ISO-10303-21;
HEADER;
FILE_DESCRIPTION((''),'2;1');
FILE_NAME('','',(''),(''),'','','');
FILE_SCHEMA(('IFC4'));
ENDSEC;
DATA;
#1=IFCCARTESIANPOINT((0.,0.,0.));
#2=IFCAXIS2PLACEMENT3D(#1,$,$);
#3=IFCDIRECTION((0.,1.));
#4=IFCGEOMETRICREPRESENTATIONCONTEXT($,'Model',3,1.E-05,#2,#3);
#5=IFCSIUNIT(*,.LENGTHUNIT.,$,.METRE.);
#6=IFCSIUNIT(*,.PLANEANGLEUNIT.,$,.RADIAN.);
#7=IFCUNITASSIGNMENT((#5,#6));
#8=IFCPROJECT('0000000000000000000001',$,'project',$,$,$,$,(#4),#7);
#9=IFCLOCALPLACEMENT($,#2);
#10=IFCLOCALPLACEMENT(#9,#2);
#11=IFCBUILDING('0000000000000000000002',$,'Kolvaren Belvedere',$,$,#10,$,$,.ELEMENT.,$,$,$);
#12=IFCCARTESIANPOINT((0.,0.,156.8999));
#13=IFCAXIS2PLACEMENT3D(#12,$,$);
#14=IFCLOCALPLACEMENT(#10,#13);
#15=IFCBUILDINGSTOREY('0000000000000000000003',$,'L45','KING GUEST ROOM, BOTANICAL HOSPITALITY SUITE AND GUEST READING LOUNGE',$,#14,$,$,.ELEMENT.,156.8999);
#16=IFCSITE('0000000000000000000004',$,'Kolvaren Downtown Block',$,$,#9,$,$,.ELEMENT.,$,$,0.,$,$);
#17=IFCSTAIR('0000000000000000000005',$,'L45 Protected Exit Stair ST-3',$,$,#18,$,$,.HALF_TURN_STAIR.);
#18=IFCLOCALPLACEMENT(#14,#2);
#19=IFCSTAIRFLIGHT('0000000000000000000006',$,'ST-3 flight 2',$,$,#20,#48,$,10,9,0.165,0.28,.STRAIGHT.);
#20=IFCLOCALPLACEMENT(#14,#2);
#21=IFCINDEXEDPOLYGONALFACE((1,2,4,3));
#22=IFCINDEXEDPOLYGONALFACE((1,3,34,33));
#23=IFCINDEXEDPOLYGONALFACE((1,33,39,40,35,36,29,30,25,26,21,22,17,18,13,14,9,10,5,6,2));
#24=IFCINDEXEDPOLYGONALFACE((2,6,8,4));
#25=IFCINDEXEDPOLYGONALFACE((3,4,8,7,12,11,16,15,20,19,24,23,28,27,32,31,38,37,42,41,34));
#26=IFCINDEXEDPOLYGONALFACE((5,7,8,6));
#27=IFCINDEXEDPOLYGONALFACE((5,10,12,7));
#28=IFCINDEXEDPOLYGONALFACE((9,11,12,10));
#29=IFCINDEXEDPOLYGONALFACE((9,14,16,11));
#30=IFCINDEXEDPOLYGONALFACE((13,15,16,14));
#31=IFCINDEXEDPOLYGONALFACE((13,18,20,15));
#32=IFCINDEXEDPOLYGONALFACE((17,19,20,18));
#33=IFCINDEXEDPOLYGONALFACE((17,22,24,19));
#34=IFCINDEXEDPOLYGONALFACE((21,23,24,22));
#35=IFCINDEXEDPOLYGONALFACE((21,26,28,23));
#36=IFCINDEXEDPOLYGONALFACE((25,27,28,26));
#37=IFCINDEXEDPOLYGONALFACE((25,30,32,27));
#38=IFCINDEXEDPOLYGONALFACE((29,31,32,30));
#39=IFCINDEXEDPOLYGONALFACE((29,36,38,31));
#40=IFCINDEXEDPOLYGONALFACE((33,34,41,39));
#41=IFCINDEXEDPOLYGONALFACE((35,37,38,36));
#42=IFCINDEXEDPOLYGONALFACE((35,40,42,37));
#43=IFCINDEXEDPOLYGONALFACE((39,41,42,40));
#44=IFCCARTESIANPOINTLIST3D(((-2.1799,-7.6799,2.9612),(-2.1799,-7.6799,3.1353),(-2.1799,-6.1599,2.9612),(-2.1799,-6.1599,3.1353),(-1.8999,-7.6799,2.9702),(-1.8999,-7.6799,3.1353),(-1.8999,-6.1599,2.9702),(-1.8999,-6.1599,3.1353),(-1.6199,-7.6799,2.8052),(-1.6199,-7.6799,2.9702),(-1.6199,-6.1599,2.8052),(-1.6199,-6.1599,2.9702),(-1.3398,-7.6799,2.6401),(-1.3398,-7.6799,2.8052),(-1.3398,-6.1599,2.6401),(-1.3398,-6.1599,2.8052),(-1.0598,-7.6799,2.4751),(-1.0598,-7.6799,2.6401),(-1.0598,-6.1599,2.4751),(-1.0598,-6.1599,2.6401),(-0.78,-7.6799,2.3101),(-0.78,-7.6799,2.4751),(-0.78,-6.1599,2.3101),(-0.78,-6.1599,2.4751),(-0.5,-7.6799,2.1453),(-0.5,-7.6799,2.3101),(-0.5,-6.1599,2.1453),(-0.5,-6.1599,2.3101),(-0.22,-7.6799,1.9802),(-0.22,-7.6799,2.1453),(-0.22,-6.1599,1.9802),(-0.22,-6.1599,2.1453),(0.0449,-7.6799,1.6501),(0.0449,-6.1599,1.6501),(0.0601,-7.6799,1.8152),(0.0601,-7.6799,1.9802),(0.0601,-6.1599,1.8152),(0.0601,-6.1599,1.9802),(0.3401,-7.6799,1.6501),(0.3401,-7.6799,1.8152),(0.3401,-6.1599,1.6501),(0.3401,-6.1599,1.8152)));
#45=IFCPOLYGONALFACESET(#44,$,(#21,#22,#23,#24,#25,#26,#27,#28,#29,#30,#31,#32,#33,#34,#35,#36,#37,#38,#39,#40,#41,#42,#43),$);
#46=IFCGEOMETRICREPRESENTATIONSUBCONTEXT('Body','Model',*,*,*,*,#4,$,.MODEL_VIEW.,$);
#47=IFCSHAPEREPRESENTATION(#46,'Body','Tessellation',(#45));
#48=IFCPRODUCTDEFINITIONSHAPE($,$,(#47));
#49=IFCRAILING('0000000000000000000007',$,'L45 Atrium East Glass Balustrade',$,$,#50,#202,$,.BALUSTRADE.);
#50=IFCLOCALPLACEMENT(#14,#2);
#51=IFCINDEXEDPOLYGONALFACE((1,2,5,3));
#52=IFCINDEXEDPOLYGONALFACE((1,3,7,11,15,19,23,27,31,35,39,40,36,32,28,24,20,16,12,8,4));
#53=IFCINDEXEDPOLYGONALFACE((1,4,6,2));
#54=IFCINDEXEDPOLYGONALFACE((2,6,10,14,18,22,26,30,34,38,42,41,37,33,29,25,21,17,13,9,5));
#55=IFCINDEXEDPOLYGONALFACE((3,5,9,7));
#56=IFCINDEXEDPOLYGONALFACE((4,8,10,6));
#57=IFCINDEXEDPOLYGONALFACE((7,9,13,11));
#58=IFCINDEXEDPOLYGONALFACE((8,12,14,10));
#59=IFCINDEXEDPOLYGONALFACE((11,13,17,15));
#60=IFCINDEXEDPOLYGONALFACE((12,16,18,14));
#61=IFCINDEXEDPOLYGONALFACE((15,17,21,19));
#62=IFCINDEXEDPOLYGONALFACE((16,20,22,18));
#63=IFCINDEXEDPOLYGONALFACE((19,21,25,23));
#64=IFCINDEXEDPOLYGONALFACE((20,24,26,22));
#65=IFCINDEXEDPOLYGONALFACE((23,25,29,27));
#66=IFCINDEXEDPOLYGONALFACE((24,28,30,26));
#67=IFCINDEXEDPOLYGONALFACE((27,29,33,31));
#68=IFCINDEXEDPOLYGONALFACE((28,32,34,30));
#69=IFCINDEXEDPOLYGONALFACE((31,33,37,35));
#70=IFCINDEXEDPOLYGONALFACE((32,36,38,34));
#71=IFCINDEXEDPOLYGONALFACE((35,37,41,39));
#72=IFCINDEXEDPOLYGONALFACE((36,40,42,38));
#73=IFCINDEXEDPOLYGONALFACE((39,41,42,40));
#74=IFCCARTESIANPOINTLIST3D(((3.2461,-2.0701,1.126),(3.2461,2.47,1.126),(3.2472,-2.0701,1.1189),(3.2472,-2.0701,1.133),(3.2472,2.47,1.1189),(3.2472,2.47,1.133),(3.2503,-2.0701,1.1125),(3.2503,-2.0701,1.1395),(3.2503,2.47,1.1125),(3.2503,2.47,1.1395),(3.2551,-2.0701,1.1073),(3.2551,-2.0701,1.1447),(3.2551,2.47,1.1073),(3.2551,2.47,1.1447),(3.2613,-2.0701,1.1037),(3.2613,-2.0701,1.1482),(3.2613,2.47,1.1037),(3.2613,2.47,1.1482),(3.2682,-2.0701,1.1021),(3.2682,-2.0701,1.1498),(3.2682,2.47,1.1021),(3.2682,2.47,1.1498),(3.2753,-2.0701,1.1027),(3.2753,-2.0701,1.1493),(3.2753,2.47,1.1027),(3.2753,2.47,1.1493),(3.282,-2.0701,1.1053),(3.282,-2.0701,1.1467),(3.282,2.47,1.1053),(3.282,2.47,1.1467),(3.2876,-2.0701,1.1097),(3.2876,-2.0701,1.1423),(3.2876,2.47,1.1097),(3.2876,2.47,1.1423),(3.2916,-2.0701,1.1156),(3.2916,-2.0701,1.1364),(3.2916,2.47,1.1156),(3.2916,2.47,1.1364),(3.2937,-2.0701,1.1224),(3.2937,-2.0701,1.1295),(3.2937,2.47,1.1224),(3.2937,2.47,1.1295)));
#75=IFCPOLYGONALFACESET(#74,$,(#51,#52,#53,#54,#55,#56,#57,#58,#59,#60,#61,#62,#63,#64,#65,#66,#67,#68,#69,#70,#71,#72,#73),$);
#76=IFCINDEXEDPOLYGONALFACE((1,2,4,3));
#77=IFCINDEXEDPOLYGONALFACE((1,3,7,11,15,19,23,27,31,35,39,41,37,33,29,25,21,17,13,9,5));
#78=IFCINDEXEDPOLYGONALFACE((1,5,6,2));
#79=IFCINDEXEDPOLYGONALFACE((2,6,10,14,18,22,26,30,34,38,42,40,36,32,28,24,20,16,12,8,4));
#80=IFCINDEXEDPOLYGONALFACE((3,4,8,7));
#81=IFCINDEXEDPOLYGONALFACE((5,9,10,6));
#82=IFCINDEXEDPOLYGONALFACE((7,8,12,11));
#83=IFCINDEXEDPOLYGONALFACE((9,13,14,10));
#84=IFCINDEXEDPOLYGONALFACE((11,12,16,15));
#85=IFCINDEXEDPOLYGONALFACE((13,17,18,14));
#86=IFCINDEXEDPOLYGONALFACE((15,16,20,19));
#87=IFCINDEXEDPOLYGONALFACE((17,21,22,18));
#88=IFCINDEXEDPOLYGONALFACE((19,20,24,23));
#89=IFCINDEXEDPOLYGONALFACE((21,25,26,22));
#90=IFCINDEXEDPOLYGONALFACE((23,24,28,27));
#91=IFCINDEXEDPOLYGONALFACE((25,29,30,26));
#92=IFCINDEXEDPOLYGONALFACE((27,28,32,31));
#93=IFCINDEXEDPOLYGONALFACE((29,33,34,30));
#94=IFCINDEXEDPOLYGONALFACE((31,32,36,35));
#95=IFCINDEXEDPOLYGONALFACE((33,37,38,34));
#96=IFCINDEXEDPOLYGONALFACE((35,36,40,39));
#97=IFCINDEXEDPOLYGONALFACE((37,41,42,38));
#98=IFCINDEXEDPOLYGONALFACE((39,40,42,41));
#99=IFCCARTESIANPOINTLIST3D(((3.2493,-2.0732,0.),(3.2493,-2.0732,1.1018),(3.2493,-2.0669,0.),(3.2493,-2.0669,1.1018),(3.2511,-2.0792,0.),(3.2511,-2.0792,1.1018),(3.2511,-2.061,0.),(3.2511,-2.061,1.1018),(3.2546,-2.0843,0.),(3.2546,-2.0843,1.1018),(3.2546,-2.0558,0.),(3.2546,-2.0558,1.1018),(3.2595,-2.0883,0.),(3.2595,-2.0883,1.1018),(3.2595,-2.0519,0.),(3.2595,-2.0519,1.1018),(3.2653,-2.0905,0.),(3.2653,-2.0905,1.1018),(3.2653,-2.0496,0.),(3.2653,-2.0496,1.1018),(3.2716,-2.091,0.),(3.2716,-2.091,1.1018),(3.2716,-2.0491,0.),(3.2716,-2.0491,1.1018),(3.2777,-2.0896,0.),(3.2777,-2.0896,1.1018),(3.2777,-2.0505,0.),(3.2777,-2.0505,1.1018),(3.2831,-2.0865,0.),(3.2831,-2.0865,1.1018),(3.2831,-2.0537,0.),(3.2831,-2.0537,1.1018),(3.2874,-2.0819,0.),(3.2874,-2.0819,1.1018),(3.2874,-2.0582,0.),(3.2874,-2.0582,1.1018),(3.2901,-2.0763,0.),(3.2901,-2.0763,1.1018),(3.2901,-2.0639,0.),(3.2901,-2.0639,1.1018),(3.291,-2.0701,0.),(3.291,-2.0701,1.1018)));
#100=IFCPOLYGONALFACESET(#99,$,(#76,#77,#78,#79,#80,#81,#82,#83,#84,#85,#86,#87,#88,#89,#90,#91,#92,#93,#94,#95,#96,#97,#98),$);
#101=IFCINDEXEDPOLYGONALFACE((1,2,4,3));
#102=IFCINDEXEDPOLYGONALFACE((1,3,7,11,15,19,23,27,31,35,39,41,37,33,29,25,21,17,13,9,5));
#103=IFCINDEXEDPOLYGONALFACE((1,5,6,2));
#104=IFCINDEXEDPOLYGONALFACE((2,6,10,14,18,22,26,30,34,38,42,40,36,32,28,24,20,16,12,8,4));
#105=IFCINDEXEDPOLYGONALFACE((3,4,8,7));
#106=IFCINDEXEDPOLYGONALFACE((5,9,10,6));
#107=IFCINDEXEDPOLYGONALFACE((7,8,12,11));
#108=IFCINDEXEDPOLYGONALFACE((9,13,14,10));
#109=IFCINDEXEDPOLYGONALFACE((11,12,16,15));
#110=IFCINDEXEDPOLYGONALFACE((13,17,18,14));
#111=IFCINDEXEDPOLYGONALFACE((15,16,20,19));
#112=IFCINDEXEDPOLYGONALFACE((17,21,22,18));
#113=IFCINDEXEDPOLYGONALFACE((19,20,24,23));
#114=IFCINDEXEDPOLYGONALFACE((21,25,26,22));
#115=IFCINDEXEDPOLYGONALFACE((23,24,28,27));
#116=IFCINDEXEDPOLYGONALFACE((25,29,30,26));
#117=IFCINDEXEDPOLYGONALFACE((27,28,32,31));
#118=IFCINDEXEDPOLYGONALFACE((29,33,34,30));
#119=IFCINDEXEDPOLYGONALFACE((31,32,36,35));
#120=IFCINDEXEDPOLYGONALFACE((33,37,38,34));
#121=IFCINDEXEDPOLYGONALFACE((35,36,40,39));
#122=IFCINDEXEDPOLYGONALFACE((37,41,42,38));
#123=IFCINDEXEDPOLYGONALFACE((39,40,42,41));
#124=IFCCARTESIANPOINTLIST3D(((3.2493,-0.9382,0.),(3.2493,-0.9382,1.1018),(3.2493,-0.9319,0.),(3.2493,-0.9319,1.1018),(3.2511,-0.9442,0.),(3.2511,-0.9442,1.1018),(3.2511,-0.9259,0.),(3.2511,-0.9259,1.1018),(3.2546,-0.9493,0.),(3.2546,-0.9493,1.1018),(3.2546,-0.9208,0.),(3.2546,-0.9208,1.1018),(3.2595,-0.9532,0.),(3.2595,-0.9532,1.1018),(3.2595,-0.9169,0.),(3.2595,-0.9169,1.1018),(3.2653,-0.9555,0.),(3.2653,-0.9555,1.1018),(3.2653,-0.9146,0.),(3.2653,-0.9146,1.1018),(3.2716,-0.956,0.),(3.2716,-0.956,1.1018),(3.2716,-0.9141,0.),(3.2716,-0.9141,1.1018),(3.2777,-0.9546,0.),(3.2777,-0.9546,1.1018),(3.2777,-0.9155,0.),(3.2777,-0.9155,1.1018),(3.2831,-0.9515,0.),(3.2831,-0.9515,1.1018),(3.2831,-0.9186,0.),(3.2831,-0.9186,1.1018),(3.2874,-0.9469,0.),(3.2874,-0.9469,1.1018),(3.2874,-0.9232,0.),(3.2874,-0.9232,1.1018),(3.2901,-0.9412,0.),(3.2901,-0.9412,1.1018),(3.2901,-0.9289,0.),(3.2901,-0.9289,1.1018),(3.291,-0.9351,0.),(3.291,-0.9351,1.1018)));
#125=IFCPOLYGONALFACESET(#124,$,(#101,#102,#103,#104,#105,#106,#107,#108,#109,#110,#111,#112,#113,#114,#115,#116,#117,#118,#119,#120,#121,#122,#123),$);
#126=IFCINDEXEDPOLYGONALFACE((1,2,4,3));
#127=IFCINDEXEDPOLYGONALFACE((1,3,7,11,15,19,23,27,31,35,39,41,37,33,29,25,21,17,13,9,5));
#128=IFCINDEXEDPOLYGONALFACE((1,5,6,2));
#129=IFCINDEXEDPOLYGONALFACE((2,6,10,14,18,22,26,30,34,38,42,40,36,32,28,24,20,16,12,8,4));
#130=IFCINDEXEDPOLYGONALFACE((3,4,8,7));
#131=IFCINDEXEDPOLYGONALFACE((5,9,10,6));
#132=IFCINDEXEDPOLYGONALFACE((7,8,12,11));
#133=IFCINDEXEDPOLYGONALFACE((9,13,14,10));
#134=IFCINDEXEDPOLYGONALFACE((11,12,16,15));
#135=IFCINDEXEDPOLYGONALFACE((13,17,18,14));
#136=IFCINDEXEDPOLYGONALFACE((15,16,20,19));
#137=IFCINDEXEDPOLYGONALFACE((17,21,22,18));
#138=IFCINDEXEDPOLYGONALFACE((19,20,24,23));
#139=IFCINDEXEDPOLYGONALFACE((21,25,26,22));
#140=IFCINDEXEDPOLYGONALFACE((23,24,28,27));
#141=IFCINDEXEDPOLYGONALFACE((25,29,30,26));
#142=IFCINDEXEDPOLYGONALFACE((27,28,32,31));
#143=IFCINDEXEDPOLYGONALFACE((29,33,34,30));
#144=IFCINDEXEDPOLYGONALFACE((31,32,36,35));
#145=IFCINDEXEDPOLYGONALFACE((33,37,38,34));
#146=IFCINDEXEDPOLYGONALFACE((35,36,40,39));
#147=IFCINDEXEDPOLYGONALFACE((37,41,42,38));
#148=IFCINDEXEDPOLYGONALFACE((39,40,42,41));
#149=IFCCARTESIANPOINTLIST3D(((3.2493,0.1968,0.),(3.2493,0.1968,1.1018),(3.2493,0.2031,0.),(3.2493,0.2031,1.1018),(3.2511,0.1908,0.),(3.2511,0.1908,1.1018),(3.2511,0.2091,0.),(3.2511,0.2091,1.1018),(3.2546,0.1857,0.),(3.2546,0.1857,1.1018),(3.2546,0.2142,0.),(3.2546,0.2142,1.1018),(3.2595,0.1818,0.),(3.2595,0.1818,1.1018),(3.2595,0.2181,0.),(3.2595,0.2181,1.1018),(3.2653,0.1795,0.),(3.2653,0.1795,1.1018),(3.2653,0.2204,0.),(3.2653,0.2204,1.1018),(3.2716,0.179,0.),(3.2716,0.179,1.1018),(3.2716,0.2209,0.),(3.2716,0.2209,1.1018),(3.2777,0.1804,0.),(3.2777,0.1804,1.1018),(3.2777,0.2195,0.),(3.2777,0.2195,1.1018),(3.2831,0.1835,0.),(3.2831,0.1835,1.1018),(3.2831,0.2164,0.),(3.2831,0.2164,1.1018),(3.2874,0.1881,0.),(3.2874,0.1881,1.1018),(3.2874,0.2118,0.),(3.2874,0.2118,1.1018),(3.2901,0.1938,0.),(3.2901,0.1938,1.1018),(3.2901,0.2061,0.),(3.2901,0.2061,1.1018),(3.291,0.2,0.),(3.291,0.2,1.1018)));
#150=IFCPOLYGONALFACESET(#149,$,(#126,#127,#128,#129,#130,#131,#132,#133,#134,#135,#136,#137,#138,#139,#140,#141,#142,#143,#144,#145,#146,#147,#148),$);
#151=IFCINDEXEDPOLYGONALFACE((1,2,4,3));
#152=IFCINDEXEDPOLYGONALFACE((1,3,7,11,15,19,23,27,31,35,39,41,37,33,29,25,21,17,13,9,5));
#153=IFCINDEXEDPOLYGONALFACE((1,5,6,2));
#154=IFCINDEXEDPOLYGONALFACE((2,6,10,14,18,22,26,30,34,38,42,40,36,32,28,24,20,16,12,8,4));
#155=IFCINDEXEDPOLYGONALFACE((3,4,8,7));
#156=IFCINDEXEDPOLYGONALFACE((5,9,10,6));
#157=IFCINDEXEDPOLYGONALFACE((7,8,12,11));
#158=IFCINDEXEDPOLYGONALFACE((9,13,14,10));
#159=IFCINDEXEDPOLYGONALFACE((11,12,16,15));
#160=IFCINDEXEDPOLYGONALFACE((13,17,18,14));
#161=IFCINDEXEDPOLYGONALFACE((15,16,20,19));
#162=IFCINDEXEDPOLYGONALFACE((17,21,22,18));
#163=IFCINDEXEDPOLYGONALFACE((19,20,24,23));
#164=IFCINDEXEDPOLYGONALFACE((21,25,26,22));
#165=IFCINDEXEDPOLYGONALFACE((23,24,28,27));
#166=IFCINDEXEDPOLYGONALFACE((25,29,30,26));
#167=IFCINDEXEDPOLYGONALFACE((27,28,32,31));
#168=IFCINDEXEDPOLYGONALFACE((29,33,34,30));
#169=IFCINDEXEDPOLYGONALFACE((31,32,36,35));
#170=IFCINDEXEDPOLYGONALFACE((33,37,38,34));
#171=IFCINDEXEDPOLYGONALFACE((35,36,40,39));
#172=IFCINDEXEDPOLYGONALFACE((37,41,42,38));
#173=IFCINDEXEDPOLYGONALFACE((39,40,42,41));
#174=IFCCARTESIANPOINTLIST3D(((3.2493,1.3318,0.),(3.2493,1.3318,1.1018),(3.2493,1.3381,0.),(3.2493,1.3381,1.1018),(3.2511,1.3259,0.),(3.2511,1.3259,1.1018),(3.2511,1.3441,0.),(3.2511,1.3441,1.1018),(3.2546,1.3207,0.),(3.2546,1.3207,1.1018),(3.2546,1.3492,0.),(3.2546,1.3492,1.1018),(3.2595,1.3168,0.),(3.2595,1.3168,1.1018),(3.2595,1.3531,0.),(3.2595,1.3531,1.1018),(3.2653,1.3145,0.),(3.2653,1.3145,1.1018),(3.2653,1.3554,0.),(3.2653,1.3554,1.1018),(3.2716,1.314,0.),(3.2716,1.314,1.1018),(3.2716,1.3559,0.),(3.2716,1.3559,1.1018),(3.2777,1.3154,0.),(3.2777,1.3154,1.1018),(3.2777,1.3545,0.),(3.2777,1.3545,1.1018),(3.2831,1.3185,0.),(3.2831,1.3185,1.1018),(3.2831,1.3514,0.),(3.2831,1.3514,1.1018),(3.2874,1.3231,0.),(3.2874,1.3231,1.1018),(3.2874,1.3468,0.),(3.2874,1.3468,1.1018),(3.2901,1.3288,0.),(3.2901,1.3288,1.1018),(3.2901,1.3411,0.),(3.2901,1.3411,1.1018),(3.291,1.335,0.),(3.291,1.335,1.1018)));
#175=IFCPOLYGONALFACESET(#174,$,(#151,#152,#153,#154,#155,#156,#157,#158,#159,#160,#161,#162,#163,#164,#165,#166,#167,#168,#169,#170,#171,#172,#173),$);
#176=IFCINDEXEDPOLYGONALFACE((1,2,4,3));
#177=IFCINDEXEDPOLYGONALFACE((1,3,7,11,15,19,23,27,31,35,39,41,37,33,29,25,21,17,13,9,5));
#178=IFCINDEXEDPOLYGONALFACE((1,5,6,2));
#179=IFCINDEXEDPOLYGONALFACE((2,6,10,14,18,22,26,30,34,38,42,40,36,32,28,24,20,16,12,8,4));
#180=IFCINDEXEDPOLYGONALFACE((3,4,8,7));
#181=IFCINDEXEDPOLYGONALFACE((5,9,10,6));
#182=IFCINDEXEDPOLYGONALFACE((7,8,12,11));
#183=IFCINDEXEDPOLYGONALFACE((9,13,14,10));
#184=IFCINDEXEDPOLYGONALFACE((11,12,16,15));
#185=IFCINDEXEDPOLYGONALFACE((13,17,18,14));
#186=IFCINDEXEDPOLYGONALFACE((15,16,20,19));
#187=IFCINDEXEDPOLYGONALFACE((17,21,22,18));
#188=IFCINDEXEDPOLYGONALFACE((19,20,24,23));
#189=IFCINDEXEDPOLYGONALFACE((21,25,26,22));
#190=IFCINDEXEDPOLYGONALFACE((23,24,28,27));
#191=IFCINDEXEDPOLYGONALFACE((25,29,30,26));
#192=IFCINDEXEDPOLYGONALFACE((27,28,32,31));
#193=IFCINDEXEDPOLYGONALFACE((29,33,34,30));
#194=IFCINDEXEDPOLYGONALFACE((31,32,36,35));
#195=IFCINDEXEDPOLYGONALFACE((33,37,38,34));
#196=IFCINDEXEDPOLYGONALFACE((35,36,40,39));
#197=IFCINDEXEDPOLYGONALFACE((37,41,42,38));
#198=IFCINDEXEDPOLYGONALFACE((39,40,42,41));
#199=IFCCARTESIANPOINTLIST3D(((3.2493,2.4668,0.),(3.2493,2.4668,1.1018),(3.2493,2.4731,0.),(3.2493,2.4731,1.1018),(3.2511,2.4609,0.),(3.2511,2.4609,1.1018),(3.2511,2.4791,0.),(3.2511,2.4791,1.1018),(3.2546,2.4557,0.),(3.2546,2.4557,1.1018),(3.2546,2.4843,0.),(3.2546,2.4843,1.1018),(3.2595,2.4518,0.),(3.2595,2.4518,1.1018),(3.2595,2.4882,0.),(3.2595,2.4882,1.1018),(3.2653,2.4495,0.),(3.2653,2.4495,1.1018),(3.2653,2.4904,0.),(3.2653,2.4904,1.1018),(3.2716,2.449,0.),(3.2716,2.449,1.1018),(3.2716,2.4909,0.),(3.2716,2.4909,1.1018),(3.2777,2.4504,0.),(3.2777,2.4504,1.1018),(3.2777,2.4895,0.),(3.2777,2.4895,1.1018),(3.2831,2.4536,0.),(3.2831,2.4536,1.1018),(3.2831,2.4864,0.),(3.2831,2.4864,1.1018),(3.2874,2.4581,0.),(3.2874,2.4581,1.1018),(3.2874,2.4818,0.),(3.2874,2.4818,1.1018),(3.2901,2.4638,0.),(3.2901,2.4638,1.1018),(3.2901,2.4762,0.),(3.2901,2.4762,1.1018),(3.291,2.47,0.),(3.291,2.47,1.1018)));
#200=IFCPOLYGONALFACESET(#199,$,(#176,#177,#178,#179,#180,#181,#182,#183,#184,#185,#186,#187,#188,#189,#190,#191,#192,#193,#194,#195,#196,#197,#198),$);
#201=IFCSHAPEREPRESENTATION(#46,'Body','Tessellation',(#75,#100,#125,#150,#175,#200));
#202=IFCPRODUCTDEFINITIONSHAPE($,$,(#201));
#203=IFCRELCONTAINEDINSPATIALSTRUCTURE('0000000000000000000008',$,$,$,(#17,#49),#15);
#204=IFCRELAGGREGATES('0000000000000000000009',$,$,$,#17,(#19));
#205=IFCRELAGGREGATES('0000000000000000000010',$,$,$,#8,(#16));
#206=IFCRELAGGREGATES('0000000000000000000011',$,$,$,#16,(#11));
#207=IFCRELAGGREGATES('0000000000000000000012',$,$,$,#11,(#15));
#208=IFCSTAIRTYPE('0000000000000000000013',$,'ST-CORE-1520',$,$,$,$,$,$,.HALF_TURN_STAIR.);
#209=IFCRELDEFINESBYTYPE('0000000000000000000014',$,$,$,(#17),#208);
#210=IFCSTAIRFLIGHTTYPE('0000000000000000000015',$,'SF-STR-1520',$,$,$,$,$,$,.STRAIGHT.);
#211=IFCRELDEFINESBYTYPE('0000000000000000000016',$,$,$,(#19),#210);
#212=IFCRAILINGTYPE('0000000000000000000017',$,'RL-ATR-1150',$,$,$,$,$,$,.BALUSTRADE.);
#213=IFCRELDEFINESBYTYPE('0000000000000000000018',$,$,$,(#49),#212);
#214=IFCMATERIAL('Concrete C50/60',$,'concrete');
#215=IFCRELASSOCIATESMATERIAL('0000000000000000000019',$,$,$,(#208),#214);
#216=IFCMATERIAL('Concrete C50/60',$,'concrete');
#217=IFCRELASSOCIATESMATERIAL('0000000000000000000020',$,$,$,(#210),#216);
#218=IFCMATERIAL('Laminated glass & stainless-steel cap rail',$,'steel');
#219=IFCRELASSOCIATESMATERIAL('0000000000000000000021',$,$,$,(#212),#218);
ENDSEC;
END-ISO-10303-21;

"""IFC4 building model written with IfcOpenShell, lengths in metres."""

from ifc_helpers import new_model, si_unit, direction, frame, origin, origin_2d, place, context, subcontext, project, spatial, polyline, circle, outline, extrude, material, type_object, element, aggregate, save


model = new_model("IFC4")

# Units and contexts
model_context = context("Model", 3, precision=1e-05, world=origin(), true_north=direction((0.0, 1.0)))
body_context = subcontext(model_context, "Body", "Model", "MODEL_VIEW")
ifc_project = project(units=[si_unit("LENGTHUNIT", "METRE"), si_unit("PLANEANGLEUNIT", "RADIAN")], contexts=[model_context])

# Site, building, storey
site_placement = place(None, origin())
site = spatial("IfcSite", under=ifc_project, at=site_placement, Name="Kolvaren Downtown Block", CompositionType="ELEMENT", RefElevation=0.0)
building_placement = place(site_placement, origin())
building = spatial("IfcBuilding", under=site, at=building_placement, Name="Kolvaren Belvedere", CompositionType="ELEMENT")
storey_placement = place(building_placement, frame((0.0, 0.0, 156.8999)))
storey = spatial("IfcBuildingStorey", under=building, at=storey_placement, Name="L45", Description="KING GUEST ROOM, BOTANICAL HOSPITALITY SUITE AND GUEST READING LOUNGE", CompositionType="ELEMENT", Elevation=156.8999)

# Shared definitions
ifc_material_1 = material(Name="Concrete C50/60", Category="concrete")
stair_type = type_object("IfcStairType", Name="ST-CORE-1520", PredefinedType="HALF_TURN_STAIR", material=ifc_material_1)

# Stair, stair flight
stair_1_placement = place(storey_placement, origin())
stair_1 = element("IfcStair", 1, at=stair_1_placement, inside=storey, type_object=stair_type, Name="L45 Protected Exit Stair ST-3", PredefinedType="HALF_TURN_STAIR")
ifc_material_2 = material(Name="Concrete C50/60", Category="concrete")
stair_flight_type = type_object("IfcStairFlightType", Name="SF-STR-1520", PredefinedType="STRAIGHT", material=ifc_material_2)
stair_flight_placement = place(storey_placement, frame((0.3401, -6.9199, 1.6501), z_axis=(0.0, 0.0, 1.0), x_axis=(-1.0, 0.0, 0.0)))
stair_flight = element("IfcStairFlight", 2, at=stair_flight_placement, type_object=stair_flight_type, Name="ST-3 flight 2", NumberOfRisers=10, NumberOfTreads=9, PredefinedType="STRAIGHT", RiserHeight=0.165, TreadLength=0.28, context=body_context, shape_type="SweptSolid", body=[
    extrude(outline(polyline([(0.0, 0.0), (0.0, 0.165), (0.28, 0.165), (0.28, 0.3301), (0.5601, 0.3301), (0.5601, 0.4951), (0.8401, 0.4951), (0.8401, 0.6599), (1.1201, 0.6599), (1.1201, 0.825), (1.3999, 0.825), (1.3999, 0.99), (1.6799, 0.99), (1.6799, 1.155), (1.96, 1.155), (1.96, 1.3201), (2.24, 1.3201), (2.24, 1.4851), (2.52, 1.4851), (2.52, 1.6499), (2.52, 1.311), (0.2952, 0.0), (0.0, 0.0)])), frame((0.0, 0.76, 0.0), z_axis=(0.0, -1.0, 0.0), x_axis=(1.0, 0.0, 0.0)), (0.0, 0.0, 1.0), 1.52),
])
aggregate(stair_1, [stair_flight])

# Railing
ifc_material_3 = material(Name="Laminated glass & stainless-steel cap rail", Category="steel")
railing_type_1 = type_object("IfcRailingType", Name="RL-ATR-1150", PredefinedType="BALUSTRADE", material=ifc_material_3)
railing_1_placement = place(storey_placement, frame((3.27, -2.0701, 0.0)))
element("IfcRailing", 3, at=railing_1_placement, inside=storey, type_object=railing_type_1, Name="L45 Atrium East Glass Balustrade", PredefinedType="BALUSTRADE", context=body_context, shape_type="SweptSolid", body=[
    extrude(circle(Radius=0.0239, at=origin_2d()), frame((0.0, 0.0, 1.126), z_axis=(0.0, 1.0, 0.0), x_axis=(-1.0, 0.0, 0.0)), (0.0, 0.0, 1.0), 4.54),
    extrude(circle(Radius=0.021, at=origin_2d()), origin(), (0.0, 0.0, 1.0), 1.1018),
    extrude(circle(Radius=0.021, at=origin_2d()), frame((0.0, 1.135, 0.0)), (0.0, 0.0, 1.0), 1.1018),
    extrude(circle(Radius=0.021, at=origin_2d()), frame((0.0, 2.27, 0.0)), (0.0, 0.0, 1.0), 1.1018),
    extrude(circle(Radius=0.021, at=origin_2d()), frame((0.0, 3.405, 0.0)), (0.0, 0.0, 1.0), 1.1018),
    extrude(circle(Radius=0.021, at=origin_2d()), frame((0.0, 4.54, 0.0)), (0.0, 0.0, 1.0), 1.1018),
])

save(model, "model.ifc")
